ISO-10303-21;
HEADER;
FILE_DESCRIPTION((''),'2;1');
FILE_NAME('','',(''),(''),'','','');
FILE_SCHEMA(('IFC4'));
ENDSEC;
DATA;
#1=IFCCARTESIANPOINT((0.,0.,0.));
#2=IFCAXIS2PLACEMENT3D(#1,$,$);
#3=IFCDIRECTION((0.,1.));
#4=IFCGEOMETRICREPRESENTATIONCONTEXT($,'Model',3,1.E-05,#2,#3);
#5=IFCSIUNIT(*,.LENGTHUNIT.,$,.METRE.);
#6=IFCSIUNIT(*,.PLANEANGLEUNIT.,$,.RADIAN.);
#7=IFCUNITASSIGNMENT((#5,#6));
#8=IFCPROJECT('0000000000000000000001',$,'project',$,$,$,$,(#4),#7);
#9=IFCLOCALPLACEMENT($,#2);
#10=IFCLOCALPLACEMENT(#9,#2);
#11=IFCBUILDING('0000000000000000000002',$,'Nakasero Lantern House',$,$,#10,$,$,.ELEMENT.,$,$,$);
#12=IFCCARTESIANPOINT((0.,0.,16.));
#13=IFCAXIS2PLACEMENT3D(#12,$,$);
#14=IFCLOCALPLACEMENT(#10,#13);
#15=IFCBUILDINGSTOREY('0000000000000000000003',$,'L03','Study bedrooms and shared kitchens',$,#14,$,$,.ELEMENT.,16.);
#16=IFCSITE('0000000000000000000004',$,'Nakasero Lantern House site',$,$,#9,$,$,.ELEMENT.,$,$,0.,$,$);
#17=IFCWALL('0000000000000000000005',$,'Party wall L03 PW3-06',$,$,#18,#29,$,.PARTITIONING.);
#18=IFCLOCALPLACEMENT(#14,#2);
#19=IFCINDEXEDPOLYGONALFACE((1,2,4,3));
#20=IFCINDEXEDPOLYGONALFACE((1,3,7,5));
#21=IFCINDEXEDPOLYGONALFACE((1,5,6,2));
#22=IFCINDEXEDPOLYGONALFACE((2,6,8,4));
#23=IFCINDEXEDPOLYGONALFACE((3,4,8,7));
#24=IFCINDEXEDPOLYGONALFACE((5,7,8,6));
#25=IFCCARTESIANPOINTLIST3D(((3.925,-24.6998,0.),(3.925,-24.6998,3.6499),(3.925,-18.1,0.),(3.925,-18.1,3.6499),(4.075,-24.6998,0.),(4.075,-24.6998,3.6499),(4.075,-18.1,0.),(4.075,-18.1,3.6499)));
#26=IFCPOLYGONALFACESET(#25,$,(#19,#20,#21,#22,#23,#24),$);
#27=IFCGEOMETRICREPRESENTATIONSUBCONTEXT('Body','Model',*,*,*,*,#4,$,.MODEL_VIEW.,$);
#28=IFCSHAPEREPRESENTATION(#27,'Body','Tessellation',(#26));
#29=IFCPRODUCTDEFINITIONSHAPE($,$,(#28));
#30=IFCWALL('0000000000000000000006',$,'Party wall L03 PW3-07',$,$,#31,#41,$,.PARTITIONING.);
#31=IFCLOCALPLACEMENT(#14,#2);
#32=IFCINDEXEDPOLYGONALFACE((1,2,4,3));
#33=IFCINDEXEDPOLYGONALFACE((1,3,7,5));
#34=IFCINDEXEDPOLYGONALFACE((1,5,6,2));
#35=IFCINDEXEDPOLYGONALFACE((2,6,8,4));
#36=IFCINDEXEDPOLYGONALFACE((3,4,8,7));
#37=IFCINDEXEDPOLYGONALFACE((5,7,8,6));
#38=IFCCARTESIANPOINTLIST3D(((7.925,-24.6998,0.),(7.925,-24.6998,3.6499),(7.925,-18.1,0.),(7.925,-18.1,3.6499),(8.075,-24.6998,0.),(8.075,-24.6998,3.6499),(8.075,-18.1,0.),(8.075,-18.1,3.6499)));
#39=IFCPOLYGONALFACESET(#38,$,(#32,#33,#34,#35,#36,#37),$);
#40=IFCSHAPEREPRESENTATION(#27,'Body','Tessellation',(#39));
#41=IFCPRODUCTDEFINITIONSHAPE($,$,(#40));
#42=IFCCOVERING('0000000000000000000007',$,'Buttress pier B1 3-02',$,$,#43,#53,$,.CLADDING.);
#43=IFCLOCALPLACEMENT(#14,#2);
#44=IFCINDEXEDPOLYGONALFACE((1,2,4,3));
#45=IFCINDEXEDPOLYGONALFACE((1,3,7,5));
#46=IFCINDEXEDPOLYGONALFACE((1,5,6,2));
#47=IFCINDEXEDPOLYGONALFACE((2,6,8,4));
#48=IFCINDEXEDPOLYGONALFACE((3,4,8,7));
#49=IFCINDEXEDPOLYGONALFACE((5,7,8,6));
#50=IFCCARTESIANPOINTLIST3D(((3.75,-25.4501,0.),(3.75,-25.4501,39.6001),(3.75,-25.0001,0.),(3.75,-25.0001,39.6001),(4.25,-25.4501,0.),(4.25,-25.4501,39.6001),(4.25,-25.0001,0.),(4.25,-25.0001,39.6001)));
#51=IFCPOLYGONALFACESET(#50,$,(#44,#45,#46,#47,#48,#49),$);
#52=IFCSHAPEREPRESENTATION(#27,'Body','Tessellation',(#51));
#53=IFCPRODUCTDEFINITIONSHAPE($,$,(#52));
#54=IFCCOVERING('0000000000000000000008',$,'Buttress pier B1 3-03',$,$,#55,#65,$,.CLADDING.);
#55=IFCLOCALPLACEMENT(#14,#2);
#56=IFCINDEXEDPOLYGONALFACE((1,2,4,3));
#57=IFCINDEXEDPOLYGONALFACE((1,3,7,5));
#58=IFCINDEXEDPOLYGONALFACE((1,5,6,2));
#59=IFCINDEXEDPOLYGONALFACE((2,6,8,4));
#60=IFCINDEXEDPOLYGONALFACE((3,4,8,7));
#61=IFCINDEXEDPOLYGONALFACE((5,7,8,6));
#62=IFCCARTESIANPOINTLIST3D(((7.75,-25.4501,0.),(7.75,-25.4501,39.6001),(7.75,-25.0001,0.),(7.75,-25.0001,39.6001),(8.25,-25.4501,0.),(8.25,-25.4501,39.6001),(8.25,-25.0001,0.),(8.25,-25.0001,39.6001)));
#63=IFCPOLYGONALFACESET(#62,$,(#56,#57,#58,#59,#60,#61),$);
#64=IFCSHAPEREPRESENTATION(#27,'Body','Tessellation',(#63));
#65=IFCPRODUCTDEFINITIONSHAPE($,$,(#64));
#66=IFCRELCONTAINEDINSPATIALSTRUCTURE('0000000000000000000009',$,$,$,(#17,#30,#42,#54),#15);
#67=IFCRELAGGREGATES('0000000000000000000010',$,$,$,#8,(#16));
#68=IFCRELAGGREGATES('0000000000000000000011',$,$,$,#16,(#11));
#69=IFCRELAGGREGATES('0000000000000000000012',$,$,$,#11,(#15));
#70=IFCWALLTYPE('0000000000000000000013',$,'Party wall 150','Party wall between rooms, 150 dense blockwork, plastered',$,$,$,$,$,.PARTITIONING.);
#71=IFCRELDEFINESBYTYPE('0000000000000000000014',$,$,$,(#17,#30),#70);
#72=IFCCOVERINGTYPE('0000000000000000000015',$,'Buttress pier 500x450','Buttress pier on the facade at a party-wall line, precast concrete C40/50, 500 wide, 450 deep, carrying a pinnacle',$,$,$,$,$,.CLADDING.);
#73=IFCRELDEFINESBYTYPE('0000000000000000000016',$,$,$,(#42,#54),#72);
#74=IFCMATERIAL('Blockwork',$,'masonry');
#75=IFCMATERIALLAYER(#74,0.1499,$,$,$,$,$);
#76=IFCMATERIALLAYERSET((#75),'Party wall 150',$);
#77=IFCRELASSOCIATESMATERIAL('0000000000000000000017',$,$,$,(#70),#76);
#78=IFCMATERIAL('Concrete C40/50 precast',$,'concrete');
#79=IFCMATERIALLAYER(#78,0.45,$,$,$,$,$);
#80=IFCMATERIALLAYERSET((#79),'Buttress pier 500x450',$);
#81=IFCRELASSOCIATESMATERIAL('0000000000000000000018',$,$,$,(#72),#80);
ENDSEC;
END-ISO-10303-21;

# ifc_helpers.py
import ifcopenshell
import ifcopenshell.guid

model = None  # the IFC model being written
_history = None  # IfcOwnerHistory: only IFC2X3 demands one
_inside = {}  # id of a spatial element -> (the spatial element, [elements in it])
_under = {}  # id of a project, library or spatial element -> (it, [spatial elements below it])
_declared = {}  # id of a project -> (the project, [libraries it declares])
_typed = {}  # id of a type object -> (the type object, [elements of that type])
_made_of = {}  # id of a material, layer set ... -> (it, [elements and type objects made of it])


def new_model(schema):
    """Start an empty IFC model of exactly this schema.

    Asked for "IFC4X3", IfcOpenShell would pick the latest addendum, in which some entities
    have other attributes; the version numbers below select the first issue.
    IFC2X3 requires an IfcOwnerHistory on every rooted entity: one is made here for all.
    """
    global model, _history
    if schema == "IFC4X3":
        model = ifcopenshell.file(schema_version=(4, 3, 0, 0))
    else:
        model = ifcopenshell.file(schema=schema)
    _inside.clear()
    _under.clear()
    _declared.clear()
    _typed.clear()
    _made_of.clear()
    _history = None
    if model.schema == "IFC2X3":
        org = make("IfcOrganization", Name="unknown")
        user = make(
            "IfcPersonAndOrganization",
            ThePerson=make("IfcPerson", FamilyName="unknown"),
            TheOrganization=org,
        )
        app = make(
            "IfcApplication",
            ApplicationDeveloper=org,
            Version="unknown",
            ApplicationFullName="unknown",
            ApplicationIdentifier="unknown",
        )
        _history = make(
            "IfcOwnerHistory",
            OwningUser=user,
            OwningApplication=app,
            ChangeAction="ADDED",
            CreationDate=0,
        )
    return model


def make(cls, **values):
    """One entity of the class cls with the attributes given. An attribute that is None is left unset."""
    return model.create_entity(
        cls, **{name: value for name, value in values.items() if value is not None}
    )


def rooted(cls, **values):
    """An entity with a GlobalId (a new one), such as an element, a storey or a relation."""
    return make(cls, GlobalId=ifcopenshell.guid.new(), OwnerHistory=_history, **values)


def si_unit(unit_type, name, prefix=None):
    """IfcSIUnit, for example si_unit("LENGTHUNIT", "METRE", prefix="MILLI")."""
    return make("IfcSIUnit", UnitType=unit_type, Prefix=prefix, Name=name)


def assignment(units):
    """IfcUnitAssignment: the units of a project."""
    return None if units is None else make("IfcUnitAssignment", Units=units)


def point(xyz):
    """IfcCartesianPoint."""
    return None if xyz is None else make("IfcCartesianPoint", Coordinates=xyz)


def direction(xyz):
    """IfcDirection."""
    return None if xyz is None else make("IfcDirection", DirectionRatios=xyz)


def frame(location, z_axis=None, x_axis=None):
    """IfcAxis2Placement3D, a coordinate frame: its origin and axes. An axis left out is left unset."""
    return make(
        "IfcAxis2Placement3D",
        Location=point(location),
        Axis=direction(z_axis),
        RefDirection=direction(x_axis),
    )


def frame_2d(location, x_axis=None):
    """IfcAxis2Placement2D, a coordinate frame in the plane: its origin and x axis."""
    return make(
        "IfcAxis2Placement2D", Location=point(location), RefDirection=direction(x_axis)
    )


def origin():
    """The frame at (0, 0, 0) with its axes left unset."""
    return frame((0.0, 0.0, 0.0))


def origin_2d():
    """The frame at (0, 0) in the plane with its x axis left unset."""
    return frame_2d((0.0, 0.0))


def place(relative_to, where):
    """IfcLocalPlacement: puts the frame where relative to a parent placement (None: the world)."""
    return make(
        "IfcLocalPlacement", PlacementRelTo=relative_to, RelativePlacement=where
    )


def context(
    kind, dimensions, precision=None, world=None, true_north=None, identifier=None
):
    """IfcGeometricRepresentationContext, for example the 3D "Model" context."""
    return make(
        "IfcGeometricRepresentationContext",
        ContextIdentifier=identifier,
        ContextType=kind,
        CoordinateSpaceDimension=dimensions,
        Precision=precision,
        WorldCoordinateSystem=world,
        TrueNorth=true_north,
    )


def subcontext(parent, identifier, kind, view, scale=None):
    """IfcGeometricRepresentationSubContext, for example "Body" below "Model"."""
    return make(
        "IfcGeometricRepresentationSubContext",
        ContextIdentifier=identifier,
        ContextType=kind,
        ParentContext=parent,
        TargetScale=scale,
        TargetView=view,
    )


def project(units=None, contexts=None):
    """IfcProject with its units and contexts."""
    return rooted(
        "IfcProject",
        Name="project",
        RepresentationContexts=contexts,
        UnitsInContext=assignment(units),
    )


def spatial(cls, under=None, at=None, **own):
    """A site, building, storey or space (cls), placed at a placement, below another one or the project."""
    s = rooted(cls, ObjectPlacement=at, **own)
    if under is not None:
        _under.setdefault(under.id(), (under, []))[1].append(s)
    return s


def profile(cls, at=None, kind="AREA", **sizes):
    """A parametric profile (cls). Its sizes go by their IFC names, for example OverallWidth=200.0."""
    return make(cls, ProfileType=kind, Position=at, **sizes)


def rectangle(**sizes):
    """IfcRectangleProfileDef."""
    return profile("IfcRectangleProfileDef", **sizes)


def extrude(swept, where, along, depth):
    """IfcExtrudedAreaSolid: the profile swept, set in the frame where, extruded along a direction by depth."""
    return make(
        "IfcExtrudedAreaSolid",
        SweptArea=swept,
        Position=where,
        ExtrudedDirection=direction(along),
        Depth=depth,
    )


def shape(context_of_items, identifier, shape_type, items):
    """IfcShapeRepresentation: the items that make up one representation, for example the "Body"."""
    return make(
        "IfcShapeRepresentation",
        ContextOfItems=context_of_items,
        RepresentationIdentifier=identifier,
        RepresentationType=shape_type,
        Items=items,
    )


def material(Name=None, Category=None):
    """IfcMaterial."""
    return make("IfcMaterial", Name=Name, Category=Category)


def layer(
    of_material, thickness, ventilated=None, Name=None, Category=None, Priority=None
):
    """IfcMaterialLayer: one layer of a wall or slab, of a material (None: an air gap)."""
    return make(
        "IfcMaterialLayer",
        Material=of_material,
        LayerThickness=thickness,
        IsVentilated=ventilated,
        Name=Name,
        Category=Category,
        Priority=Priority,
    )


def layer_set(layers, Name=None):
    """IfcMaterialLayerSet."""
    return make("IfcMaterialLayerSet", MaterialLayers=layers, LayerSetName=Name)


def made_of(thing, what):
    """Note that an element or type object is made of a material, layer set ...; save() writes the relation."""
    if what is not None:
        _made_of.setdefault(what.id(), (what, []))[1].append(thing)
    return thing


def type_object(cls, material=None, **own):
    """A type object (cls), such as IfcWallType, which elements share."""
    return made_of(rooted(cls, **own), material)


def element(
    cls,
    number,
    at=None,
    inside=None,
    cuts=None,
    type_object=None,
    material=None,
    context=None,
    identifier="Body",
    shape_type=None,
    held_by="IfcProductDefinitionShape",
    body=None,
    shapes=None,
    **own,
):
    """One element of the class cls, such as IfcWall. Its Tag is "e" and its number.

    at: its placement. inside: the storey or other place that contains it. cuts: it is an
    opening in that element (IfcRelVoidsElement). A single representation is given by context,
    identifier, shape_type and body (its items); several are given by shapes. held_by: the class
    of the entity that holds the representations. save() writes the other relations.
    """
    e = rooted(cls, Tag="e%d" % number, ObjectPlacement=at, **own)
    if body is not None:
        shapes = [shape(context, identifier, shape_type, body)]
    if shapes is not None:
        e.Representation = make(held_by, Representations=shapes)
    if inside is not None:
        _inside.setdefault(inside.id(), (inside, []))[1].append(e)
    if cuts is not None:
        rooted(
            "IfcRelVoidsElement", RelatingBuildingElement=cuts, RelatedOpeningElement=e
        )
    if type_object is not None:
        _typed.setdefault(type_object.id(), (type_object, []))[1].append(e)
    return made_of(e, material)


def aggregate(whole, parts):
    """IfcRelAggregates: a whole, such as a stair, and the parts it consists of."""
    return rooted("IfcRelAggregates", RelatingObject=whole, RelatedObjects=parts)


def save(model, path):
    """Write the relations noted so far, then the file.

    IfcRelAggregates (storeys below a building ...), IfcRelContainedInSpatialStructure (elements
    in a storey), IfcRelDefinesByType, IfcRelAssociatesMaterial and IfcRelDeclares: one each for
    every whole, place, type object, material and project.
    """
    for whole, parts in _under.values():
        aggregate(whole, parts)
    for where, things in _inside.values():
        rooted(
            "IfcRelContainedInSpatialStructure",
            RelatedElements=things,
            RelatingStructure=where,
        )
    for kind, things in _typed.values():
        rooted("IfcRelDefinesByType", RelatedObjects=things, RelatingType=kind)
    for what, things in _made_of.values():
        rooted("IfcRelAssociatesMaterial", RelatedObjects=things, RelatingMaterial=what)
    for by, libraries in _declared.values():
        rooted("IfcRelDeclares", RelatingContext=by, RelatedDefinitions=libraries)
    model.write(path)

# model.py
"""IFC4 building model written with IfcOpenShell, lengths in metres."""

from ifc_helpers import new_model, si_unit, direction, frame, frame_2d, origin, origin_2d, place, context, subcontext, project, spatial, rectangle, extrude, material, layer, layer_set, type_object, element, save


model = new_model("IFC4")

# Units and contexts
model_context = context("Model", 3, precision=1e-05, world=origin(), true_north=direction((0.0, 1.0)))
body_context = subcontext(model_context, "Body", "Model", "MODEL_VIEW")
ifc_project = project(units=[si_unit("LENGTHUNIT", "METRE"), si_unit("PLANEANGLEUNIT", "RADIAN")], contexts=[model_context])

# Site, building, storey
site_placement = place(None, origin())
site = spatial("IfcSite", under=ifc_project, at=site_placement, Name="Nakasero Lantern House site", CompositionType="ELEMENT", RefElevation=0.0)
building_placement = place(site_placement, origin())
building = spatial("IfcBuilding", under=site, at=building_placement, Name="Nakasero Lantern House", CompositionType="ELEMENT")
storey_placement = place(building_placement, frame((0.0, 0.0, 16.0)))
storey = spatial("IfcBuildingStorey", under=building, at=storey_placement, Name="L03", Description="Study bedrooms and shared kitchens", CompositionType="ELEMENT", Elevation=16.0)

# Walls
ifc_material_1 = material(Name="Blockwork", Category="masonry")
ifc_layer_1 = layer(ifc_material_1, 0.1499)
ifc_layer_set_1 = layer_set([ifc_layer_1], Name="Party wall 150")
wall_type_1 = type_object("IfcWallType", Name="Party wall 150", Description="Party wall between rooms, 150 dense blockwork, plastered", PredefinedType="PARTITIONING", material=ifc_layer_set_1)
for number, where, z_axis, x_axis, name in (
    (1, (4.0, -18.1001, 0.0), (0.0, 0.0, 1.0), (0.0, -1.0, 0.0), "Party wall L03 PW3-06"),
    (2, (8.0, -18.1001, 0.0), (0.0, 0.0, 1.0), (0.0, -1.0, 0.0), "Party wall L03 PW3-07"),
):
    element("IfcWall", number, at=place(storey_placement, frame(where, z_axis=z_axis, x_axis=x_axis)), inside=storey, type_object=wall_type_1, Name=name, PredefinedType="PARTITIONING", context=body_context, shape_type="SweptSolid", body=[
        extrude(rectangle(XDim=6.5999, YDim=0.1499, at=frame_2d((3.2998, 0.0))), origin(), (0.0, 0.0, 1.0), 3.6499),
    ])

# Coverings
ifc_material_2 = material(Name="Concrete C40/50 precast", Category="concrete")
ifc_layer_2 = layer(ifc_material_2, 0.45)
ifc_layer_set_2 = layer_set([ifc_layer_2], Name="Buttress pier 500x450")
covering_type = type_object("IfcCoveringType", Name="Buttress pier 500x450", Description="Buttress pier on the facade at a party-wall line, precast concrete C40/50, 500 wide, 450 deep, carrying a pinnacle", PredefinedType="CLADDING", material=ifc_layer_set_2)
for number, where, z_axis, x_axis, name in (
    (3, (4.0, -25.2251, 0.0), (0.0, 0.0, 1.0), (0.0, -1.0, 0.0), "Buttress pier B1 3-02"),
    (4, (8.0, -25.2251, 0.0), (0.0, 0.0, 1.0), (0.0, -1.0, 0.0), "Buttress pier B1 3-03"),
):
    element("IfcCovering", number, at=place(storey_placement, frame(where, z_axis=z_axis, x_axis=x_axis)), inside=storey, type_object=covering_type, Name=name, PredefinedType="CLADDING", context=body_context, shape_type="SweptSolid", body=[
        extrude(rectangle(XDim=0.45, YDim=0.5, at=origin_2d()), origin(), (0.0, 0.0, 1.0), 39.6001),
    ])

save(model, "model.ifc")
